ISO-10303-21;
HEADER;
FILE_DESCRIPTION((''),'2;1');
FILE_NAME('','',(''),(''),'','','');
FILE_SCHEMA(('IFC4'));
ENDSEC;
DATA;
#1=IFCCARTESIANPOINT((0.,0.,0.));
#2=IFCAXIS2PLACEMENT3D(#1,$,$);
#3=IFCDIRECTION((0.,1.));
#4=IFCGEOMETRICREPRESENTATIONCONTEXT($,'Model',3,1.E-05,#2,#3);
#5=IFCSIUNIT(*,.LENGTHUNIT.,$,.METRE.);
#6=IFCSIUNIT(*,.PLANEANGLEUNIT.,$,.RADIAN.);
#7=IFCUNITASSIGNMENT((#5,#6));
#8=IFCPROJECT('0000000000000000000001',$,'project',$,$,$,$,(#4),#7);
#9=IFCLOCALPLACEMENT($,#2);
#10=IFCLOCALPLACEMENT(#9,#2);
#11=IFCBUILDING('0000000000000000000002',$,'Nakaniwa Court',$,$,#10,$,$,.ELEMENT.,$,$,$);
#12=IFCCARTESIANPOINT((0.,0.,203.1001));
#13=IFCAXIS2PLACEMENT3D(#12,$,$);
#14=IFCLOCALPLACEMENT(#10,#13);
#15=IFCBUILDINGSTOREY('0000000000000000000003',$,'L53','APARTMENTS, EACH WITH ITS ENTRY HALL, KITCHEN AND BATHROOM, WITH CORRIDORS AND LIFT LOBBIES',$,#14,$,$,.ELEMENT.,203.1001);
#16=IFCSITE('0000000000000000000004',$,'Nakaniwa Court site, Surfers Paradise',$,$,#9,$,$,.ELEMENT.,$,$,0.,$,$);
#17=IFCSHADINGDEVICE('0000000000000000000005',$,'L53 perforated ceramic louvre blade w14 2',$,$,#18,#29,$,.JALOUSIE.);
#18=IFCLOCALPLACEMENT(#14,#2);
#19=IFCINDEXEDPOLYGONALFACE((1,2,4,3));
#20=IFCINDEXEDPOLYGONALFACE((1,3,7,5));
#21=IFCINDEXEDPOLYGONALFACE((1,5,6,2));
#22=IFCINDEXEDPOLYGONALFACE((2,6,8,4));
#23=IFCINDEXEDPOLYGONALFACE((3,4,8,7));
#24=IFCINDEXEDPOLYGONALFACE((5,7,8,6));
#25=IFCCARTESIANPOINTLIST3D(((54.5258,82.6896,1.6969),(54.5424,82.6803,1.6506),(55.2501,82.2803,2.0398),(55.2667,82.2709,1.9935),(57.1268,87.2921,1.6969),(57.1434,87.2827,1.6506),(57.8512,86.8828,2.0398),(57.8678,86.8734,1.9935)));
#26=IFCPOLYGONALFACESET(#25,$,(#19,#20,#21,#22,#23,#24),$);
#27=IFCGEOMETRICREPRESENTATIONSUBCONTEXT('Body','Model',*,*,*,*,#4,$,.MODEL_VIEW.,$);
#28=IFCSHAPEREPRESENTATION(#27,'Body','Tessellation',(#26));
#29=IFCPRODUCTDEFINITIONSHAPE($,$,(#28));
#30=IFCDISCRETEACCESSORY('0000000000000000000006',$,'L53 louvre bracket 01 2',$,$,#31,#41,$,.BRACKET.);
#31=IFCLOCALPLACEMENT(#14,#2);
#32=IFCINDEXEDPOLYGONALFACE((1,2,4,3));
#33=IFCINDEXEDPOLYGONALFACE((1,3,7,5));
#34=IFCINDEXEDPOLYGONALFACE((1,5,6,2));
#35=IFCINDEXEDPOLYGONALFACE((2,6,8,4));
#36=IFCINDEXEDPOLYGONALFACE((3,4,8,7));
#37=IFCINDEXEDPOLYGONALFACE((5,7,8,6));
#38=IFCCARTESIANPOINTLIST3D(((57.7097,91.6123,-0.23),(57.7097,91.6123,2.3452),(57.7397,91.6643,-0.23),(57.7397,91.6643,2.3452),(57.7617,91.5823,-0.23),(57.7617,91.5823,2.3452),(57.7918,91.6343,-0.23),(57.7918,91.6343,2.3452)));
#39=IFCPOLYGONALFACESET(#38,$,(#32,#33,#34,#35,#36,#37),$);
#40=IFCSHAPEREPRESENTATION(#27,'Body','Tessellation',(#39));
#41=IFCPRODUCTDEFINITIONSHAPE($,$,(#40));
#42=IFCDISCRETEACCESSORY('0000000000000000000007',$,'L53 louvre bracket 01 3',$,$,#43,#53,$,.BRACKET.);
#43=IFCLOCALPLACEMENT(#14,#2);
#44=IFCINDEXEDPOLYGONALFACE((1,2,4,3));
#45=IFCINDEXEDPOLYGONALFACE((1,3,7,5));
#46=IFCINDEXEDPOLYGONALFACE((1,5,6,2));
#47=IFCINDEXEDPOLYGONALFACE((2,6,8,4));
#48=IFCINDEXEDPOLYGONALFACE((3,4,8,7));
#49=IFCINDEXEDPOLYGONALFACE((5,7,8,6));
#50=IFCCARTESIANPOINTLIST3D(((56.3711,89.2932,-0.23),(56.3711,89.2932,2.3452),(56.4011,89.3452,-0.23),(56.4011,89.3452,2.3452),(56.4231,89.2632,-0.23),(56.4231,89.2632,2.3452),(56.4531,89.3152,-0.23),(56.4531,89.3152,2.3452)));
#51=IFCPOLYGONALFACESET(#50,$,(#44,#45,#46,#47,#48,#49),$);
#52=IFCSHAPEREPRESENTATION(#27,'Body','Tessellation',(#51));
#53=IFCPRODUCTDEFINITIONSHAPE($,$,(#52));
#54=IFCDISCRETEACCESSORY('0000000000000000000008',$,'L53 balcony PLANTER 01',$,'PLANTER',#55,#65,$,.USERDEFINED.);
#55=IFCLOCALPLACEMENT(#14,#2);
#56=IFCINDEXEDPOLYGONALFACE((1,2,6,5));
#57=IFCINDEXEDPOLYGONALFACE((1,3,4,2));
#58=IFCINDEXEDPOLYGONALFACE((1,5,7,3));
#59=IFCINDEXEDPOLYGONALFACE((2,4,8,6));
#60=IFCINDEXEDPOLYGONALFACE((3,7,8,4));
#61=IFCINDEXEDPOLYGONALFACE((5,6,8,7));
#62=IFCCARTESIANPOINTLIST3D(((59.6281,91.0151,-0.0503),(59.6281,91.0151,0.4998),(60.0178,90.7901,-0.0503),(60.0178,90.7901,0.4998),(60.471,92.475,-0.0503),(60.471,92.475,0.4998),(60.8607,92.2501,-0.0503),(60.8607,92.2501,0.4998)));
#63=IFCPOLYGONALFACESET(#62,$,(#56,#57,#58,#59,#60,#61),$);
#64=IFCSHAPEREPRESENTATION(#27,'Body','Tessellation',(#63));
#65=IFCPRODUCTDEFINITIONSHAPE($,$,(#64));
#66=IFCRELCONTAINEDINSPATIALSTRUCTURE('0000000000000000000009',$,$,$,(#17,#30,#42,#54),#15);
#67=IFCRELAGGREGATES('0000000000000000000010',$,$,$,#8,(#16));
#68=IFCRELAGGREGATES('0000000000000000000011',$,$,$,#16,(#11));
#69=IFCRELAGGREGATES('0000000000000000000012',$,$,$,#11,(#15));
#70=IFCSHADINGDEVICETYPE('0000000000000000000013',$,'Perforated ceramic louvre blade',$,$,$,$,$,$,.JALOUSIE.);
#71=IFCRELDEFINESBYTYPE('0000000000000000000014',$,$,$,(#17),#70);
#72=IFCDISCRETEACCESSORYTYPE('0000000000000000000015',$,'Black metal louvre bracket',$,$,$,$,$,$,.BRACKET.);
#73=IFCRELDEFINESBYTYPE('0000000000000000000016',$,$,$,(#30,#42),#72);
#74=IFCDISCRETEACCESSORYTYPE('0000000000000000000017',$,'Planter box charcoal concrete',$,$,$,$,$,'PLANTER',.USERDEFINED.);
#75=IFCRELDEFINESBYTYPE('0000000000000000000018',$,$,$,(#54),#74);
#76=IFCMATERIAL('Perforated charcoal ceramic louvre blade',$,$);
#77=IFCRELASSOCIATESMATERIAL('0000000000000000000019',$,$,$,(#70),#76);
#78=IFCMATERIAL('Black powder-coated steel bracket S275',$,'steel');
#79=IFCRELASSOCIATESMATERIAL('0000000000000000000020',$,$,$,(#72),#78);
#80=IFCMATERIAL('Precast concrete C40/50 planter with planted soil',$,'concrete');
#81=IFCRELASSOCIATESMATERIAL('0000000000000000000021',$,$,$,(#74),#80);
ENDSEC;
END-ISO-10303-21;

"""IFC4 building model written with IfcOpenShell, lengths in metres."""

from ifc_helpers import new_model, si_unit, direction, frame, origin, origin_2d, place, context, subcontext, project, spatial, rectangle, extrude, material, material_profile, profile_set, type_object, element, save


model = new_model("IFC4")

# Units and contexts
model_context = context("Model", 3, precision=1e-05, world=origin(), true_north=direction((0.0, 1.0)))
body_context = subcontext(model_context, "Body", "Model", "MODEL_VIEW")
ifc_project = project(units=[si_unit("LENGTHUNIT", "METRE"), si_unit("PLANEANGLEUNIT", "RADIAN")], contexts=[model_context])

# Site, building, storey
site_placement = place(None, origin())
site = spatial("IfcSite", under=ifc_project, at=site_placement, Name="Nakaniwa Court site, Surfers Paradise", CompositionType="ELEMENT", RefElevation=0.0)
building_placement = place(site_placement, origin())
building = spatial("IfcBuilding", under=site, at=building_placement, Name="Nakaniwa Court", CompositionType="ELEMENT")
storey_placement = place(building_placement, frame((0.0, 0.0, 203.1001)))
storey = spatial("IfcBuildingStorey", under=building, at=storey_placement, Name="L53", Description="APARTMENTS, EACH WITH ITS ENTRY HALL, KITCHEN AND BATHROOM, WITH CORRIDORS AND LIFT LOBBIES", CompositionType="ELEMENT", Elevation=203.1001)

# Shading device
ifc_material_1 = material(Name="Perforated charcoal ceramic louvre blade")
ifc_material_profile_1 = material_profile(ifc_material_1, rectangle(XDim=0.8999, YDim=0.05, at=origin_2d()), Name="Perforated ceramic louvre blade")
ifc_profile_set_1 = profile_set([ifc_material_profile_1], Name="Perforated charcoal ceramic louvre blade")
shading_device_type = type_object("IfcShadingDeviceType", Name="Perforated ceramic louvre blade", PredefinedType="JALOUSIE", material=ifc_profile_set_1)
for number, where, z_axis, x_axis, name in (
    (1, (57.4973, 87.0828, 1.8452), (-0.492006, -0.870592, 0.0), (0.804902, -0.454882, 0.38107), "L53 perforated ceramic louvre blade w14 2"),
):
    element("IfcShadingDevice", number, at=place(storey_placement, frame(where, z_axis=z_axis, x_axis=x_axis)), inside=storey, type_object=shading_device_type, Name=name, PredefinedType="JALOUSIE", context=body_context, shape_type="SweptSolid", body=[
        extrude(rectangle(XDim=0.8999, YDim=0.05, at=origin_2d()), origin(), (0.0, 0.0, 1.0), 5.2866),
    ])

# Discrete accessories
ifc_material_2 = material(Name="Black powder-coated steel bracket S275", Category="steel")
discrete_accessory_type_1 = type_object("IfcDiscreteAccessoryType", Name="Black metal louvre bracket", PredefinedType="BRACKET", material=ifc_material_2)
for number, where, z_axis, x_axis, name in (
    (2, (57.7507, 91.6233, -0.23), (0.0, 0.0, 1.0), (-0.499986, -0.866033, 0.0), "L53 louvre bracket 01 2"),
    (3, (56.4121, 89.3042, -0.23), (0.0, 0.0, 1.0), (-0.499986, -0.866033, 0.0), "L53 louvre bracket 01 3"),
):
    element("IfcDiscreteAccessory", number, at=place(storey_placement, frame(where, z_axis=z_axis, x_axis=x_axis)), inside=storey, type_object=discrete_accessory_type_1, Name=name, PredefinedType="BRACKET", context=body_context, shape_type="SweptSolid", body=[
        extrude(rectangle(XDim=0.0601, YDim=0.0601, at=origin_2d()), origin(), (0.0, 0.0, 1.0), 2.5752),
    ])
ifc_material_3 = material(Name="Precast concrete C40/50 planter with planted soil", Category="concrete")
discrete_accessory_type_2 = type_object("IfcDiscreteAccessoryType", Name="Planter box charcoal concrete", ElementType="PLANTER", PredefinedType="USERDEFINED", material=ifc_material_3)
discrete_accessory_placement = place(storey_placement, frame((60.2444, 91.6326, -0.0503), z_axis=(0.0, 0.0, 1.0), x_axis=(-0.499986, -0.866033, 0.0)))
element("IfcDiscreteAccessory", 4, at=discrete_accessory_placement, inside=storey, type_object=discrete_accessory_type_2, Name="L53 balcony PLANTER 01", ObjectType="PLANTER", PredefinedType="USERDEFINED", context=body_context, shape_type="SweptSolid", body=[
    extrude(rectangle(XDim=1.6858, YDim=0.45, at=origin_2d()), origin(), (0.0, 0.0, 1.0), 0.55),
])

save(model, "model.ifc")
